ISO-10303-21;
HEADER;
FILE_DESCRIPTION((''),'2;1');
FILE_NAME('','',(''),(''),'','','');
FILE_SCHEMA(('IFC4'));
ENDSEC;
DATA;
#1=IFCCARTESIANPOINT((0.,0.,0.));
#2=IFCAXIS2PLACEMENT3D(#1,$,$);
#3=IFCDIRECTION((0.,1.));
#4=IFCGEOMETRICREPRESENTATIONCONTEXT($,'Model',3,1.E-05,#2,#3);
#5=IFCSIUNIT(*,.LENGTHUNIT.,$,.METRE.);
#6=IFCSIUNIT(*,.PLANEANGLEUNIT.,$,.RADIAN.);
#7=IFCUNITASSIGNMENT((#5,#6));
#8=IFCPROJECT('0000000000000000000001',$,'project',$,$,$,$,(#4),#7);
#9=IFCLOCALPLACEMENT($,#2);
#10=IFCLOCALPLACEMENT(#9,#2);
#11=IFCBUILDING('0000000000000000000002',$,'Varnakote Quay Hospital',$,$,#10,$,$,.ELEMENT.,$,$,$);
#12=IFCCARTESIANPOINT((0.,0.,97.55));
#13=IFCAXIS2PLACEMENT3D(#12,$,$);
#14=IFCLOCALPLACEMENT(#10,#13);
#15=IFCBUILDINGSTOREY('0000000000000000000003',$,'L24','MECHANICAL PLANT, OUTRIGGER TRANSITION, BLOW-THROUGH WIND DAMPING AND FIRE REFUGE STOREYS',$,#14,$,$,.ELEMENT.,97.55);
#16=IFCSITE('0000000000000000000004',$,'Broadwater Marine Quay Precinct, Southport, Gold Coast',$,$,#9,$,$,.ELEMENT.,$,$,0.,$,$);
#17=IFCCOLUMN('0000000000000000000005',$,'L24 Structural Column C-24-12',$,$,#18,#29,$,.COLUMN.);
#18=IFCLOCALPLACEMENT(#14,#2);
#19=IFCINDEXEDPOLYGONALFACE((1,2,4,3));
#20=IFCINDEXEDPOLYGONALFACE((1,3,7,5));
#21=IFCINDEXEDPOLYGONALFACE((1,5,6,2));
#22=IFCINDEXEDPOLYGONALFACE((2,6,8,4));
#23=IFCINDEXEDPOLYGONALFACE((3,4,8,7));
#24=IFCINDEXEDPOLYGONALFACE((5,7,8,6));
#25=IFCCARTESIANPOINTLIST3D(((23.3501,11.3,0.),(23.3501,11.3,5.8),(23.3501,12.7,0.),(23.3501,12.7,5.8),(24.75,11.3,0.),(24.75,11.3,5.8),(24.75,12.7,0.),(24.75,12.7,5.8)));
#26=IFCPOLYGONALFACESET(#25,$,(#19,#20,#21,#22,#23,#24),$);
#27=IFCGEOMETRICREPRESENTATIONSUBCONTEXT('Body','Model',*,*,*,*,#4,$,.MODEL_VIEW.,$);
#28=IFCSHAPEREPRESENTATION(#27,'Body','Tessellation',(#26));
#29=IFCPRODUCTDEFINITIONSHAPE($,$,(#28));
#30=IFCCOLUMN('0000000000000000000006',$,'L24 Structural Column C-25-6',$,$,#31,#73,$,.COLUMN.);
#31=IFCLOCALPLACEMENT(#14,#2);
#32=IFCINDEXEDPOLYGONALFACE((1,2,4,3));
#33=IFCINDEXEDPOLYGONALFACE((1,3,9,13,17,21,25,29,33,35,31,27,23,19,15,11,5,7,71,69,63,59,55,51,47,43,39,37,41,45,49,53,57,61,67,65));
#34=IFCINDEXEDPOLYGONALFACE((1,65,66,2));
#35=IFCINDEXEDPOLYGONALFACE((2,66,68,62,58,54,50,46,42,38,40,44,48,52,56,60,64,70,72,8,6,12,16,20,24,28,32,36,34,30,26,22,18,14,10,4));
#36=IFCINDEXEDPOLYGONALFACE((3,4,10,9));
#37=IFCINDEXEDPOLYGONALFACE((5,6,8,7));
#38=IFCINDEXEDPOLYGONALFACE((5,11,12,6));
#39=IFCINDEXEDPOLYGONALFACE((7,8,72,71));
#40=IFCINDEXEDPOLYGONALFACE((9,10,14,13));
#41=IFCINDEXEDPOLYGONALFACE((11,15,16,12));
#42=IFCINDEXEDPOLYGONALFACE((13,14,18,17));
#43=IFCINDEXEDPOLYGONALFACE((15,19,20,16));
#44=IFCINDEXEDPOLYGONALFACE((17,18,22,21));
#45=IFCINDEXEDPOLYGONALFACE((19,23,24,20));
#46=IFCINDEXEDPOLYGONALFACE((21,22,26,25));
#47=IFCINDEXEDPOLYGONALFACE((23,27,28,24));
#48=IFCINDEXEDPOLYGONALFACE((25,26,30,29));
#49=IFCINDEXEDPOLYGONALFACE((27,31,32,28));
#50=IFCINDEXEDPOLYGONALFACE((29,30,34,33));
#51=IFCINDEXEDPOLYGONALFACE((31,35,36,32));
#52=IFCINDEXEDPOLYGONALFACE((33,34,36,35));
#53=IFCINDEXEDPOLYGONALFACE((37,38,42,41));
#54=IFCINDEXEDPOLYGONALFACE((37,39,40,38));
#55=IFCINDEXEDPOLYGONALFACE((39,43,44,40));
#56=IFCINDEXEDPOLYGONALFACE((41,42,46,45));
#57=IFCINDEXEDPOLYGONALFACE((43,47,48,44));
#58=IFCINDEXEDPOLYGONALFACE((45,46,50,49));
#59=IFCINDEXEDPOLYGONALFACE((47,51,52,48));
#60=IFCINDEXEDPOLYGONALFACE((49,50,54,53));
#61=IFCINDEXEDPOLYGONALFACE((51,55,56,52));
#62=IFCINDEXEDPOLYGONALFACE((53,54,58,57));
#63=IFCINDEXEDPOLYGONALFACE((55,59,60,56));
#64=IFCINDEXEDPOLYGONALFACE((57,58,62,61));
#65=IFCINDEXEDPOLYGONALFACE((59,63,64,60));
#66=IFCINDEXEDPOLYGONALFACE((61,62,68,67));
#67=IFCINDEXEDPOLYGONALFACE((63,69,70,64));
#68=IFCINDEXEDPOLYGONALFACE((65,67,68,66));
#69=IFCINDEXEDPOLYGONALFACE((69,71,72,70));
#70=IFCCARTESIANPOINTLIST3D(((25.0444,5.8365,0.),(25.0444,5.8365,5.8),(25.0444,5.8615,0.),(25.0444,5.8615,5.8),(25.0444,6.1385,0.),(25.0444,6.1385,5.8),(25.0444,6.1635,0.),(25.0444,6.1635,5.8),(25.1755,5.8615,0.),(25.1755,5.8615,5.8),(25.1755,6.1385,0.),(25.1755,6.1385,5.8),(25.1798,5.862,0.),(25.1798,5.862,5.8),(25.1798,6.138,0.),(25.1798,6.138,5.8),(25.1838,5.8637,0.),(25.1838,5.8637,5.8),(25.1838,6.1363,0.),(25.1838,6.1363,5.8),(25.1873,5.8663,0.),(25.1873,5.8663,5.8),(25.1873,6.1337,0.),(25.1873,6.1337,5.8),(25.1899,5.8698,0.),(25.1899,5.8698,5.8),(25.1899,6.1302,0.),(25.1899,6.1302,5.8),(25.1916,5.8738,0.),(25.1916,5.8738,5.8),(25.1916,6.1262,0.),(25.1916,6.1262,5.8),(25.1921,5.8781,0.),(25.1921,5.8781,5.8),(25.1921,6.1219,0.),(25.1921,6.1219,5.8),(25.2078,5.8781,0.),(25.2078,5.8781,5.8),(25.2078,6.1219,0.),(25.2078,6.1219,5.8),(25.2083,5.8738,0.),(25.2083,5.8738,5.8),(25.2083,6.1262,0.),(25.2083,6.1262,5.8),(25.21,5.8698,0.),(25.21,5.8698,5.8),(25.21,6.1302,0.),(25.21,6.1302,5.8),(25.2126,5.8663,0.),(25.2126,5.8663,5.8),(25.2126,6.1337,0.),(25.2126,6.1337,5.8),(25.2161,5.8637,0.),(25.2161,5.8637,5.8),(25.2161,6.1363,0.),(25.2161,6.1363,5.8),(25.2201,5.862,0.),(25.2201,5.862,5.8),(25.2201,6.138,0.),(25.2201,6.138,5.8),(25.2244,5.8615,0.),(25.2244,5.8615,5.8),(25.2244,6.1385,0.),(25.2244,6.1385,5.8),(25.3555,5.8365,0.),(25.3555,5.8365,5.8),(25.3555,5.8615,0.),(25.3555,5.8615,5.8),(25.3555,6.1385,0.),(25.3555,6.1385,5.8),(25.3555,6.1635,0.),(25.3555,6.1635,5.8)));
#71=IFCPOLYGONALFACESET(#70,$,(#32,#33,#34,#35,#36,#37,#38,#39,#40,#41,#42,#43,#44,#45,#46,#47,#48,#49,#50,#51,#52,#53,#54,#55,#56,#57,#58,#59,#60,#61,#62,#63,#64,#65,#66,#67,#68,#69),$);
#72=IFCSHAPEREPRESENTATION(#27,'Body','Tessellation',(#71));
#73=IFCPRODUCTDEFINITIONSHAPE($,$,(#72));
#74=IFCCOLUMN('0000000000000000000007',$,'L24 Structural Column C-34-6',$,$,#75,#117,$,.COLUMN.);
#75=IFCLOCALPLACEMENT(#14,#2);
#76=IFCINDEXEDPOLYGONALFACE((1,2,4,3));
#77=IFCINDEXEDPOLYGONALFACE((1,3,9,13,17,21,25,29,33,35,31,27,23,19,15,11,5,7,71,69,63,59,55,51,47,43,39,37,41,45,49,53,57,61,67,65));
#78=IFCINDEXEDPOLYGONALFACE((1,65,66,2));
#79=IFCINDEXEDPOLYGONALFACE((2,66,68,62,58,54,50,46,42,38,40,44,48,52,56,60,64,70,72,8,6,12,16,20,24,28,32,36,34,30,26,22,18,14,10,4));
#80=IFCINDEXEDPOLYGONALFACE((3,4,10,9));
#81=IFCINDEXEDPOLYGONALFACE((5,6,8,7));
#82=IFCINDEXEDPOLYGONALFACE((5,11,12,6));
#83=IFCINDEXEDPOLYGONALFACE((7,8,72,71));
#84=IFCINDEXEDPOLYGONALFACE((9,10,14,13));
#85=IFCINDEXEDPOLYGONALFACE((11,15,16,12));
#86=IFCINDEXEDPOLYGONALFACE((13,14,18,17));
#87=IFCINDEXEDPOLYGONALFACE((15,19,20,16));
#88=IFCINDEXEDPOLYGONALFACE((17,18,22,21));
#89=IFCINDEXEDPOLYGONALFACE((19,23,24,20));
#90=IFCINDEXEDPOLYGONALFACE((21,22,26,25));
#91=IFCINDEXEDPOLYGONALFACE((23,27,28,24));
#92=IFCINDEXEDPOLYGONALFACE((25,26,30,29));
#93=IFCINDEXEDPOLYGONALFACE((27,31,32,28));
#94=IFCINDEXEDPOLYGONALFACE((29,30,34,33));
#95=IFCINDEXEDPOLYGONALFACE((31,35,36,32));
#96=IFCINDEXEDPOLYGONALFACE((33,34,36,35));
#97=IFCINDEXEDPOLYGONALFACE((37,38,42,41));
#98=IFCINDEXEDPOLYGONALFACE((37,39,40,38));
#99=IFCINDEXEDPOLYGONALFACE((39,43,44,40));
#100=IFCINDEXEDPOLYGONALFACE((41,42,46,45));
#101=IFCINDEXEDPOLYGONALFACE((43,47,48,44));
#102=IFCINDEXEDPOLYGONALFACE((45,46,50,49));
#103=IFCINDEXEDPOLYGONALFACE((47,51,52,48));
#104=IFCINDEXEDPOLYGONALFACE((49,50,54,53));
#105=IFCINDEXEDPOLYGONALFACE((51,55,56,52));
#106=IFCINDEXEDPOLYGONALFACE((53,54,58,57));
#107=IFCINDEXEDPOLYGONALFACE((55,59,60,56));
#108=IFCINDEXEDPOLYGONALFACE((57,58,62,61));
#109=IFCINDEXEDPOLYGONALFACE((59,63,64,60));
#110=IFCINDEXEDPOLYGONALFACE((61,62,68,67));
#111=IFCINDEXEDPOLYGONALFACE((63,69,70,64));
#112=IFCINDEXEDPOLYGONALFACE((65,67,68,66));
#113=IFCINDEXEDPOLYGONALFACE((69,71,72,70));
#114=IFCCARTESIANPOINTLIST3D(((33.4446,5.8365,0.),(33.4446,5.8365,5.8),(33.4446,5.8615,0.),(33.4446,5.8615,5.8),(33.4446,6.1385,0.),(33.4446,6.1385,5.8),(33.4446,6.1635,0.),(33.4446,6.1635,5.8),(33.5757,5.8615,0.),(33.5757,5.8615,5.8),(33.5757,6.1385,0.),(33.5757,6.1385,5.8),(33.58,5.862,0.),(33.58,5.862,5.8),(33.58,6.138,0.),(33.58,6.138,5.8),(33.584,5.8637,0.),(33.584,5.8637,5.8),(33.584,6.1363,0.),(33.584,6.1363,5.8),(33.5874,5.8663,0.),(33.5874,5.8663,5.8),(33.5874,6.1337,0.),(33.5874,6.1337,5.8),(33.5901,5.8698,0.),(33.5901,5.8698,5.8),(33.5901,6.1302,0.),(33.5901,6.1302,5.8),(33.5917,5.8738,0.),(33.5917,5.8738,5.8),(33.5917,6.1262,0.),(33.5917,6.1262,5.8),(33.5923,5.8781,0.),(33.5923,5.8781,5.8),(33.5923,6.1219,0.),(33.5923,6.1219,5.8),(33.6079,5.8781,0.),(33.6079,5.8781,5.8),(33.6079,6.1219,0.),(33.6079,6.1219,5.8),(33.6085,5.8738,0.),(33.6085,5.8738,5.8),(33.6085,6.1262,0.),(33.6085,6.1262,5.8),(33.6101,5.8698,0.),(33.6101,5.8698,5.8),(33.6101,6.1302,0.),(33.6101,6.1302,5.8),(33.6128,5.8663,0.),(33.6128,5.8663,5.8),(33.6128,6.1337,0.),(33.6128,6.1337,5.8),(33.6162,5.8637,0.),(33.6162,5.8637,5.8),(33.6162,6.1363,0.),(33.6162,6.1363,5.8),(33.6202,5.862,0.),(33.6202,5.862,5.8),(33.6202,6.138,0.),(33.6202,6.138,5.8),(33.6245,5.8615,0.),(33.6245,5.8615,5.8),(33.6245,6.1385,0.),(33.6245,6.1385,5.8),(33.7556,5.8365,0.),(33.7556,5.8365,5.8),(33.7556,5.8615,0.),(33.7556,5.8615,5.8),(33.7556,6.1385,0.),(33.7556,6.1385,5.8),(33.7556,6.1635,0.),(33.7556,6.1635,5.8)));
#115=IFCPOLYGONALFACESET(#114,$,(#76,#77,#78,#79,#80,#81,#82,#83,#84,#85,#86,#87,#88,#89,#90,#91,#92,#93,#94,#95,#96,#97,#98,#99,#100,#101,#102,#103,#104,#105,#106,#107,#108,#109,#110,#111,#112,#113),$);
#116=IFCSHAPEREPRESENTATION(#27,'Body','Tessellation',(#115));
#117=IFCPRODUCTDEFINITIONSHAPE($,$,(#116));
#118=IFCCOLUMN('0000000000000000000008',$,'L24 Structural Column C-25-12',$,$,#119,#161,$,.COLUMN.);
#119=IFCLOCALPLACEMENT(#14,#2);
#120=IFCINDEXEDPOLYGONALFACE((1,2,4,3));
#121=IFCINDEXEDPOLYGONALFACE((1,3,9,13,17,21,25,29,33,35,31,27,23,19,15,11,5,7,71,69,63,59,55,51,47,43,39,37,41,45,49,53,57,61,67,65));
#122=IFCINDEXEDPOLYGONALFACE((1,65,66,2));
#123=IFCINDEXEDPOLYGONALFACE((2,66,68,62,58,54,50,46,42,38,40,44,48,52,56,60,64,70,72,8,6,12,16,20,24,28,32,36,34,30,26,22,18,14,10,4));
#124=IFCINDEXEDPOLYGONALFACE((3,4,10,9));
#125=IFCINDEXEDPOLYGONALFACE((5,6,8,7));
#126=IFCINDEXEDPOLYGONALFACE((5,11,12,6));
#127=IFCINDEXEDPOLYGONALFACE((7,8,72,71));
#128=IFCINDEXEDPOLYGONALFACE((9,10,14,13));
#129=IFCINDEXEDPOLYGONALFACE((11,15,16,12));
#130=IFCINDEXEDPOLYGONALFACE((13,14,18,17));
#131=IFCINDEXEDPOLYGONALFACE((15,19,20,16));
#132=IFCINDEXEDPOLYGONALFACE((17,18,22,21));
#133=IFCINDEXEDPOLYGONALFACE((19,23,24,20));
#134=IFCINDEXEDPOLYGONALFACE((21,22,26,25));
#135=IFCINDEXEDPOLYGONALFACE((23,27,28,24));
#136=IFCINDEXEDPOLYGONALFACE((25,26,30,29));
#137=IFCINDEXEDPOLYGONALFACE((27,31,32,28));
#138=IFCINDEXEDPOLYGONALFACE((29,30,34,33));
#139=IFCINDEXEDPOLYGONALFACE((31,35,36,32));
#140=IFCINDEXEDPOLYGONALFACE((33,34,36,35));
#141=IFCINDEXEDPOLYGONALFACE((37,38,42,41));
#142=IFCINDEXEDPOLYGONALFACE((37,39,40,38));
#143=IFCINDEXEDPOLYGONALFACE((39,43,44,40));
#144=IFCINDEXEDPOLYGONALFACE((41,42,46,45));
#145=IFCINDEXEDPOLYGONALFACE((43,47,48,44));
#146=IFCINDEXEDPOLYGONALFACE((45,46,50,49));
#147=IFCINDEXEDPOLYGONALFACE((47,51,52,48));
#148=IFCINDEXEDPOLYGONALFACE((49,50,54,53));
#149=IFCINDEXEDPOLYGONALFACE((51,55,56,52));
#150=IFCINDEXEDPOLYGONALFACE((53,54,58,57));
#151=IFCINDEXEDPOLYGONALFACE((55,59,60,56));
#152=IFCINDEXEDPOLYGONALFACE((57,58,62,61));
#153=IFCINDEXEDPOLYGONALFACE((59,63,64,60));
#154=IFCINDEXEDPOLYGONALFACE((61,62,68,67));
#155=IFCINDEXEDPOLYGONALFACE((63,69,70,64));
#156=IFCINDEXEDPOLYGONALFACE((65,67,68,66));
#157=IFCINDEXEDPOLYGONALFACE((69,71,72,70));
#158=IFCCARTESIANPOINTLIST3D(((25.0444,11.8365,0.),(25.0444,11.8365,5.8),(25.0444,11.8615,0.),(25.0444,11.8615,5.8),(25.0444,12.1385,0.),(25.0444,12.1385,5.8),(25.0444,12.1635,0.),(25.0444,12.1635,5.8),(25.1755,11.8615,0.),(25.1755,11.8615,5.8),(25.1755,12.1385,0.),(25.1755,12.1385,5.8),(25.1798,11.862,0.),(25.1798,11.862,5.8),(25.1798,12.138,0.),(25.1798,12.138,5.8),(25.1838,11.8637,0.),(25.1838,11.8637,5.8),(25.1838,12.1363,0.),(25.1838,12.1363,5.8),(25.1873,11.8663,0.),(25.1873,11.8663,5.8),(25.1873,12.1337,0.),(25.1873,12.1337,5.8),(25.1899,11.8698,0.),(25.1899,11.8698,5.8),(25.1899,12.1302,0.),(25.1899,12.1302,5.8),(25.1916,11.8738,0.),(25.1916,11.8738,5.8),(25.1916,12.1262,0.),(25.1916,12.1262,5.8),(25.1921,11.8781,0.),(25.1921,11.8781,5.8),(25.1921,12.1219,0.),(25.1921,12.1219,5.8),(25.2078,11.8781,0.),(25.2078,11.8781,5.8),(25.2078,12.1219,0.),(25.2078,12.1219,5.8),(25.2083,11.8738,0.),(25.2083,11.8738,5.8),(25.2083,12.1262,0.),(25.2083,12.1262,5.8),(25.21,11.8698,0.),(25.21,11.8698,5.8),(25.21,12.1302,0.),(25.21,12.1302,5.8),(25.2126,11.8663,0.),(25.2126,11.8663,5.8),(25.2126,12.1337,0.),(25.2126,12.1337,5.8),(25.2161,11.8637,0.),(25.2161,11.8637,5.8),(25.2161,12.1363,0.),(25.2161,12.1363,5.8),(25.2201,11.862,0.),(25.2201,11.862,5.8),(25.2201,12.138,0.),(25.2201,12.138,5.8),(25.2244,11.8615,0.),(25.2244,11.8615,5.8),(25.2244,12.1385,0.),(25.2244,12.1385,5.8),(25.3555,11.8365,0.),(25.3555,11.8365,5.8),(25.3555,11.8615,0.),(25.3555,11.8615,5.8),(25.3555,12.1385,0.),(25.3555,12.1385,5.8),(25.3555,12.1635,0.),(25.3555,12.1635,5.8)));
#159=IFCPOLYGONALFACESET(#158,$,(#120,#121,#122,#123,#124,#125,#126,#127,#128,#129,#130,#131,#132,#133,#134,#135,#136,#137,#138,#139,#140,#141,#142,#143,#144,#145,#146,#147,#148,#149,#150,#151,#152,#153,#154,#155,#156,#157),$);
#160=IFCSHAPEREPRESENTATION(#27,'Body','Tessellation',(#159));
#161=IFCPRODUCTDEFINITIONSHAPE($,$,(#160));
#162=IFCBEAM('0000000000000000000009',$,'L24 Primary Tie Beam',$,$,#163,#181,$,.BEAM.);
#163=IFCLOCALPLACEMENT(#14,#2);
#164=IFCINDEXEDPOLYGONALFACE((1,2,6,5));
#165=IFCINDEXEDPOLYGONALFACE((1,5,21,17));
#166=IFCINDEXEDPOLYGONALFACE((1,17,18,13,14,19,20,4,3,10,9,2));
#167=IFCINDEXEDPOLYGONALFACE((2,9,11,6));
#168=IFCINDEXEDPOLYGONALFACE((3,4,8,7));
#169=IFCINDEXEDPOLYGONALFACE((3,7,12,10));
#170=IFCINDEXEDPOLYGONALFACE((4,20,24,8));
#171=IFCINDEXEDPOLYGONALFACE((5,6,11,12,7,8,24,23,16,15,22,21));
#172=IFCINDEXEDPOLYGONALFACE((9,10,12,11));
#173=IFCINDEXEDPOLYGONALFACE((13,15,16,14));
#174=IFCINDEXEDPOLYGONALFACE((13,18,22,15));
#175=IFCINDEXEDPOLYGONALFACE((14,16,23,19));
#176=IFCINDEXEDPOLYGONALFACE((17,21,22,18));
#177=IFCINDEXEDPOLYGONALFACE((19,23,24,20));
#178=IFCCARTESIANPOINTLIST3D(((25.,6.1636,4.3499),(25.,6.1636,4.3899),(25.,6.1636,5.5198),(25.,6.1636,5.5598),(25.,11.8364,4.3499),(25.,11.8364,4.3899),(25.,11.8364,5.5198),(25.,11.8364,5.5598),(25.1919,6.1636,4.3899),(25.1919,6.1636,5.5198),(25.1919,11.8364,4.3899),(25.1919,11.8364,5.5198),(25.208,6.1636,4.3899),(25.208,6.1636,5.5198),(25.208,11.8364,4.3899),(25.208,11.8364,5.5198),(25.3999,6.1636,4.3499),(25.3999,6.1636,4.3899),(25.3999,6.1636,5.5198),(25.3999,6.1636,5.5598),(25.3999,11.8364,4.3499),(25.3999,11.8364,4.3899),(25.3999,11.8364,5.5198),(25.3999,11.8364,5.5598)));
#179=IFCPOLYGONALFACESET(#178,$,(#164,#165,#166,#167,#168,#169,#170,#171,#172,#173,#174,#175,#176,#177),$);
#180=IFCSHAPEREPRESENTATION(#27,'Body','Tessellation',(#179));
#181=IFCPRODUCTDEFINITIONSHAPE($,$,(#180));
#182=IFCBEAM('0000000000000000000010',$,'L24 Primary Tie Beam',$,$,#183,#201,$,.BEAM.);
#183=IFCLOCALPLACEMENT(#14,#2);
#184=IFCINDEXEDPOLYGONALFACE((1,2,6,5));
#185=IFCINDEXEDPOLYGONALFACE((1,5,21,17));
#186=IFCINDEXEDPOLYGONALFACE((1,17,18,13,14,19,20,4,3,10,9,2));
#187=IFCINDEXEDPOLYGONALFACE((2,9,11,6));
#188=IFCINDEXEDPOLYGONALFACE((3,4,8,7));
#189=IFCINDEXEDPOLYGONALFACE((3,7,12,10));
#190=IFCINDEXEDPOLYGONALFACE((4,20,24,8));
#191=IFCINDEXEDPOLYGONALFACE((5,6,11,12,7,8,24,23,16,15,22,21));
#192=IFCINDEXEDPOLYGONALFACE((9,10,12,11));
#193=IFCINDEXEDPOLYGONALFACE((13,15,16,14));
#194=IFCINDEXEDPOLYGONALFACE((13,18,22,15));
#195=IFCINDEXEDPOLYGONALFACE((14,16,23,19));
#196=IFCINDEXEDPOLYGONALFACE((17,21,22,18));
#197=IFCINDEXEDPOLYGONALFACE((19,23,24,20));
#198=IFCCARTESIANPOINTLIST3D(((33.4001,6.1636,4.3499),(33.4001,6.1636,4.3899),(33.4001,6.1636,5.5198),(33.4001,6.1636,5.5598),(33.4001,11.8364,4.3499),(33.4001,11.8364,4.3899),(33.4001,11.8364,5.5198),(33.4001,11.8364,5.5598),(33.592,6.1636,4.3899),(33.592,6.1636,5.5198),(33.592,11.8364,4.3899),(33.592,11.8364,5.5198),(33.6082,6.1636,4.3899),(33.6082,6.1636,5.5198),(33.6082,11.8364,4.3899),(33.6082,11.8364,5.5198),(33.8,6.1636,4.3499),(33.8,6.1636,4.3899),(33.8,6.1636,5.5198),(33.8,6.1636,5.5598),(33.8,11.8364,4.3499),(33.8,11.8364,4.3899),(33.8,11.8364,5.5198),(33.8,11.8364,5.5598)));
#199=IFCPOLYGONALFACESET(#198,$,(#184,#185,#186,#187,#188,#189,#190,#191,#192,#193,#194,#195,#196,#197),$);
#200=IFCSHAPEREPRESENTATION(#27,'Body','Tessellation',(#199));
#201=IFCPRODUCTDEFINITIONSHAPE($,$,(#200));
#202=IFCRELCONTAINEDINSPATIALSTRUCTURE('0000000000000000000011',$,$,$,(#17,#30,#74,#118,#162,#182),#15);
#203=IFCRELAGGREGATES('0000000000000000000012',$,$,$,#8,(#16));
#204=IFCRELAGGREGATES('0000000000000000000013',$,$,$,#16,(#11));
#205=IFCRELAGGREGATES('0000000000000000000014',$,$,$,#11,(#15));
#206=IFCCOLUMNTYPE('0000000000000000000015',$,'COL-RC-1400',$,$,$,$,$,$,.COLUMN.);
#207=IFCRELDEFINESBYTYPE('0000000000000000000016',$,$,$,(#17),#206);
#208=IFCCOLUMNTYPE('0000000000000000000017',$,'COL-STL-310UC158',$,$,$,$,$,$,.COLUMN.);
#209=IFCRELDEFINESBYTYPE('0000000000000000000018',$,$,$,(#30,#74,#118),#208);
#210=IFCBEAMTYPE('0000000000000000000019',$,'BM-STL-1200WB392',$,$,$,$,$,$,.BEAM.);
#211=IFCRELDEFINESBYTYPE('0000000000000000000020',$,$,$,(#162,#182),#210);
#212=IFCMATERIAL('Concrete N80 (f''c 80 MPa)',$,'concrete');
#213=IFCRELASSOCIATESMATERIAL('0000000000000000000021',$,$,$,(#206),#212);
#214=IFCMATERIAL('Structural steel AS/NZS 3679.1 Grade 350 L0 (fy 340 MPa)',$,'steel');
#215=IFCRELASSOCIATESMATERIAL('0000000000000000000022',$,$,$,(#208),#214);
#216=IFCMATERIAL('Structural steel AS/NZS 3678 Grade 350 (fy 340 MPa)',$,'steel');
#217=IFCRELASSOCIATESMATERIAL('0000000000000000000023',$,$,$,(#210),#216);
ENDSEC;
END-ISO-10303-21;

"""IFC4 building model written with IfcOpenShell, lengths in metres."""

from ifc_helpers import new_model, si_unit, direction, frame, origin, origin_2d, place, context, subcontext, project, spatial, rectangle, i_section, extrude, material, material_profile, profile_set, type_object, element, save


model = new_model("IFC4")

# Units and contexts
model_context = context("Model", 3, precision=1e-05, world=origin(), true_north=direction((0.0, 1.0)))
body_context = subcontext(model_context, "Body", "Model", "MODEL_VIEW")
ifc_project = project(units=[si_unit("LENGTHUNIT", "METRE"), si_unit("PLANEANGLEUNIT", "RADIAN")], contexts=[model_context])

# Site, building, storey
site_placement = place(None, origin())
site = spatial("IfcSite", under=ifc_project, at=site_placement, Name="Broadwater Marine Quay Precinct, Southport, Gold Coast", CompositionType="ELEMENT", RefElevation=0.0)
building_placement = place(site_placement, origin())
building = spatial("IfcBuilding", under=site, at=building_placement, Name="Varnakote Quay Hospital", CompositionType="ELEMENT")
storey_placement = place(building_placement, frame((0.0, 0.0, 97.55)))
storey = spatial("IfcBuildingStorey", under=building, at=storey_placement, Name="L24", Description="MECHANICAL PLANT, OUTRIGGER TRANSITION, BLOW-THROUGH WIND DAMPING AND FIRE REFUGE STOREYS", CompositionType="ELEMENT", Elevation=97.55)

# Columns
ifc_material_1 = material(Name="Concrete N80 (f'c 80 MPa)", Category="concrete")
ifc_material_profile_1 = material_profile(ifc_material_1, rectangle(XDim=1.3999, YDim=1.3999, at=origin_2d()), Name="RC-COL-1400x1400")
ifc_profile_set_1 = profile_set([ifc_material_profile_1], Name="Concrete N80 (f'c 80 MPa)")
column_type_1 = type_object("IfcColumnType", Name="COL-RC-1400", PredefinedType="COLUMN", material=ifc_profile_set_1)
column_placement = place(storey_placement, frame((24.05, 12.0, 0.0), z_axis=(0.0, 0.0, 1.0), x_axis=(1.0, 0.0, 0.0)))
element("IfcColumn", 1, at=column_placement, inside=storey, type_object=column_type_1, Name="L24 Structural Column C-24-12", PredefinedType="COLUMN", context=body_context, shape_type="SweptSolid", body=[
    extrude(rectangle(XDim=1.3999, YDim=1.3999, at=origin_2d()), origin(), (0.0, 0.0, 1.0), 5.8),
])
ifc_material_2 = material(Name="Structural steel AS/NZS 3679.1 Grade 350 L0 (fy 340 MPa)", Category="steel")
ifc_material_profile_2 = material_profile(ifc_material_2, i_section(OverallWidth=0.311, OverallDepth=0.3269, WebThickness=0.0156, FlangeThickness=0.0249, FilletRadius=0.0166, at=origin_2d()), Name="310UC158")
ifc_profile_set_2 = profile_set([ifc_material_profile_2], Name="Structural steel AS/NZS 3679.1 Grade 350 L0 (fy 340 MPa)")
column_type_2 = type_object("IfcColumnType", Name="COL-STL-310UC158", PredefinedType="COLUMN", material=ifc_profile_set_2)
for number, where, z_axis, x_axis, name in (
    (2, (25.2, 6.0, 0.0), (0.0, 0.0, 1.0), (1.0, 0.0, 0.0), "L24 Structural Column C-25-6"),
    (3, (33.6001, 6.0, 0.0), (0.0, 0.0, 1.0), (1.0, 0.0, 0.0), "L24 Structural Column C-34-6"),
    (4, (25.2, 12.0, 0.0), (0.0, 0.0, 1.0), (1.0, 0.0, 0.0), "L24 Structural Column C-25-12"),
):
    element("IfcColumn", number, at=place(storey_placement, frame(where, z_axis=z_axis, x_axis=x_axis)), inside=storey, type_object=column_type_2, Name=name, PredefinedType="COLUMN", context=body_context, shape_type="SweptSolid", body=[
        extrude(i_section(OverallWidth=0.311, OverallDepth=0.3269, WebThickness=0.0156, FlangeThickness=0.0249, FilletRadius=0.0166, at=origin_2d()), origin(), (0.0, 0.0, 1.0), 5.8),
    ])

# Beams
ifc_material_3 = material(Name="Structural steel AS/NZS 3678 Grade 350 (fy 340 MPa)", Category="steel")
ifc_material_profile_3 = material_profile(ifc_material_3, i_section(OverallWidth=0.3999, OverallDepth=1.21, WebThickness=0.0161, FlangeThickness=0.04, at=origin_2d()), Name="1200WB392")
ifc_profile_set_3 = profile_set([ifc_material_profile_3], Name="Structural steel AS/NZS 3678 Grade 350 (fy 340 MPa)")
beam_type_1 = type_object("IfcBeamType", Name="BM-STL-1200WB392", PredefinedType="BEAM", material=ifc_profile_set_3)
for number, where, z_axis, x_axis, name in (
    (5, (25.2, 6.1636, 4.9548), (0.0, 1.0, 0.0), (-1.0, 0.0, 0.0), "L24 Primary Tie Beam"),
    (6, (33.6001, 6.1636, 4.9548), (0.0, 1.0, 0.0), (-1.0, 0.0, 0.0), "L24 Primary Tie Beam"),
):
    element("IfcBeam", number, at=place(storey_placement, frame(where, z_axis=z_axis, x_axis=x_axis)), inside=storey, type_object=beam_type_1, Name=name, PredefinedType="BEAM", context=body_context, shape_type="SweptSolid", body=[
        extrude(i_section(OverallWidth=0.3999, OverallDepth=1.21, WebThickness=0.0161, FlangeThickness=0.04, at=origin_2d()), origin(), (0.0, 0.0, 1.0), 5.6729),
    ])

save(model, "model.ifc")
